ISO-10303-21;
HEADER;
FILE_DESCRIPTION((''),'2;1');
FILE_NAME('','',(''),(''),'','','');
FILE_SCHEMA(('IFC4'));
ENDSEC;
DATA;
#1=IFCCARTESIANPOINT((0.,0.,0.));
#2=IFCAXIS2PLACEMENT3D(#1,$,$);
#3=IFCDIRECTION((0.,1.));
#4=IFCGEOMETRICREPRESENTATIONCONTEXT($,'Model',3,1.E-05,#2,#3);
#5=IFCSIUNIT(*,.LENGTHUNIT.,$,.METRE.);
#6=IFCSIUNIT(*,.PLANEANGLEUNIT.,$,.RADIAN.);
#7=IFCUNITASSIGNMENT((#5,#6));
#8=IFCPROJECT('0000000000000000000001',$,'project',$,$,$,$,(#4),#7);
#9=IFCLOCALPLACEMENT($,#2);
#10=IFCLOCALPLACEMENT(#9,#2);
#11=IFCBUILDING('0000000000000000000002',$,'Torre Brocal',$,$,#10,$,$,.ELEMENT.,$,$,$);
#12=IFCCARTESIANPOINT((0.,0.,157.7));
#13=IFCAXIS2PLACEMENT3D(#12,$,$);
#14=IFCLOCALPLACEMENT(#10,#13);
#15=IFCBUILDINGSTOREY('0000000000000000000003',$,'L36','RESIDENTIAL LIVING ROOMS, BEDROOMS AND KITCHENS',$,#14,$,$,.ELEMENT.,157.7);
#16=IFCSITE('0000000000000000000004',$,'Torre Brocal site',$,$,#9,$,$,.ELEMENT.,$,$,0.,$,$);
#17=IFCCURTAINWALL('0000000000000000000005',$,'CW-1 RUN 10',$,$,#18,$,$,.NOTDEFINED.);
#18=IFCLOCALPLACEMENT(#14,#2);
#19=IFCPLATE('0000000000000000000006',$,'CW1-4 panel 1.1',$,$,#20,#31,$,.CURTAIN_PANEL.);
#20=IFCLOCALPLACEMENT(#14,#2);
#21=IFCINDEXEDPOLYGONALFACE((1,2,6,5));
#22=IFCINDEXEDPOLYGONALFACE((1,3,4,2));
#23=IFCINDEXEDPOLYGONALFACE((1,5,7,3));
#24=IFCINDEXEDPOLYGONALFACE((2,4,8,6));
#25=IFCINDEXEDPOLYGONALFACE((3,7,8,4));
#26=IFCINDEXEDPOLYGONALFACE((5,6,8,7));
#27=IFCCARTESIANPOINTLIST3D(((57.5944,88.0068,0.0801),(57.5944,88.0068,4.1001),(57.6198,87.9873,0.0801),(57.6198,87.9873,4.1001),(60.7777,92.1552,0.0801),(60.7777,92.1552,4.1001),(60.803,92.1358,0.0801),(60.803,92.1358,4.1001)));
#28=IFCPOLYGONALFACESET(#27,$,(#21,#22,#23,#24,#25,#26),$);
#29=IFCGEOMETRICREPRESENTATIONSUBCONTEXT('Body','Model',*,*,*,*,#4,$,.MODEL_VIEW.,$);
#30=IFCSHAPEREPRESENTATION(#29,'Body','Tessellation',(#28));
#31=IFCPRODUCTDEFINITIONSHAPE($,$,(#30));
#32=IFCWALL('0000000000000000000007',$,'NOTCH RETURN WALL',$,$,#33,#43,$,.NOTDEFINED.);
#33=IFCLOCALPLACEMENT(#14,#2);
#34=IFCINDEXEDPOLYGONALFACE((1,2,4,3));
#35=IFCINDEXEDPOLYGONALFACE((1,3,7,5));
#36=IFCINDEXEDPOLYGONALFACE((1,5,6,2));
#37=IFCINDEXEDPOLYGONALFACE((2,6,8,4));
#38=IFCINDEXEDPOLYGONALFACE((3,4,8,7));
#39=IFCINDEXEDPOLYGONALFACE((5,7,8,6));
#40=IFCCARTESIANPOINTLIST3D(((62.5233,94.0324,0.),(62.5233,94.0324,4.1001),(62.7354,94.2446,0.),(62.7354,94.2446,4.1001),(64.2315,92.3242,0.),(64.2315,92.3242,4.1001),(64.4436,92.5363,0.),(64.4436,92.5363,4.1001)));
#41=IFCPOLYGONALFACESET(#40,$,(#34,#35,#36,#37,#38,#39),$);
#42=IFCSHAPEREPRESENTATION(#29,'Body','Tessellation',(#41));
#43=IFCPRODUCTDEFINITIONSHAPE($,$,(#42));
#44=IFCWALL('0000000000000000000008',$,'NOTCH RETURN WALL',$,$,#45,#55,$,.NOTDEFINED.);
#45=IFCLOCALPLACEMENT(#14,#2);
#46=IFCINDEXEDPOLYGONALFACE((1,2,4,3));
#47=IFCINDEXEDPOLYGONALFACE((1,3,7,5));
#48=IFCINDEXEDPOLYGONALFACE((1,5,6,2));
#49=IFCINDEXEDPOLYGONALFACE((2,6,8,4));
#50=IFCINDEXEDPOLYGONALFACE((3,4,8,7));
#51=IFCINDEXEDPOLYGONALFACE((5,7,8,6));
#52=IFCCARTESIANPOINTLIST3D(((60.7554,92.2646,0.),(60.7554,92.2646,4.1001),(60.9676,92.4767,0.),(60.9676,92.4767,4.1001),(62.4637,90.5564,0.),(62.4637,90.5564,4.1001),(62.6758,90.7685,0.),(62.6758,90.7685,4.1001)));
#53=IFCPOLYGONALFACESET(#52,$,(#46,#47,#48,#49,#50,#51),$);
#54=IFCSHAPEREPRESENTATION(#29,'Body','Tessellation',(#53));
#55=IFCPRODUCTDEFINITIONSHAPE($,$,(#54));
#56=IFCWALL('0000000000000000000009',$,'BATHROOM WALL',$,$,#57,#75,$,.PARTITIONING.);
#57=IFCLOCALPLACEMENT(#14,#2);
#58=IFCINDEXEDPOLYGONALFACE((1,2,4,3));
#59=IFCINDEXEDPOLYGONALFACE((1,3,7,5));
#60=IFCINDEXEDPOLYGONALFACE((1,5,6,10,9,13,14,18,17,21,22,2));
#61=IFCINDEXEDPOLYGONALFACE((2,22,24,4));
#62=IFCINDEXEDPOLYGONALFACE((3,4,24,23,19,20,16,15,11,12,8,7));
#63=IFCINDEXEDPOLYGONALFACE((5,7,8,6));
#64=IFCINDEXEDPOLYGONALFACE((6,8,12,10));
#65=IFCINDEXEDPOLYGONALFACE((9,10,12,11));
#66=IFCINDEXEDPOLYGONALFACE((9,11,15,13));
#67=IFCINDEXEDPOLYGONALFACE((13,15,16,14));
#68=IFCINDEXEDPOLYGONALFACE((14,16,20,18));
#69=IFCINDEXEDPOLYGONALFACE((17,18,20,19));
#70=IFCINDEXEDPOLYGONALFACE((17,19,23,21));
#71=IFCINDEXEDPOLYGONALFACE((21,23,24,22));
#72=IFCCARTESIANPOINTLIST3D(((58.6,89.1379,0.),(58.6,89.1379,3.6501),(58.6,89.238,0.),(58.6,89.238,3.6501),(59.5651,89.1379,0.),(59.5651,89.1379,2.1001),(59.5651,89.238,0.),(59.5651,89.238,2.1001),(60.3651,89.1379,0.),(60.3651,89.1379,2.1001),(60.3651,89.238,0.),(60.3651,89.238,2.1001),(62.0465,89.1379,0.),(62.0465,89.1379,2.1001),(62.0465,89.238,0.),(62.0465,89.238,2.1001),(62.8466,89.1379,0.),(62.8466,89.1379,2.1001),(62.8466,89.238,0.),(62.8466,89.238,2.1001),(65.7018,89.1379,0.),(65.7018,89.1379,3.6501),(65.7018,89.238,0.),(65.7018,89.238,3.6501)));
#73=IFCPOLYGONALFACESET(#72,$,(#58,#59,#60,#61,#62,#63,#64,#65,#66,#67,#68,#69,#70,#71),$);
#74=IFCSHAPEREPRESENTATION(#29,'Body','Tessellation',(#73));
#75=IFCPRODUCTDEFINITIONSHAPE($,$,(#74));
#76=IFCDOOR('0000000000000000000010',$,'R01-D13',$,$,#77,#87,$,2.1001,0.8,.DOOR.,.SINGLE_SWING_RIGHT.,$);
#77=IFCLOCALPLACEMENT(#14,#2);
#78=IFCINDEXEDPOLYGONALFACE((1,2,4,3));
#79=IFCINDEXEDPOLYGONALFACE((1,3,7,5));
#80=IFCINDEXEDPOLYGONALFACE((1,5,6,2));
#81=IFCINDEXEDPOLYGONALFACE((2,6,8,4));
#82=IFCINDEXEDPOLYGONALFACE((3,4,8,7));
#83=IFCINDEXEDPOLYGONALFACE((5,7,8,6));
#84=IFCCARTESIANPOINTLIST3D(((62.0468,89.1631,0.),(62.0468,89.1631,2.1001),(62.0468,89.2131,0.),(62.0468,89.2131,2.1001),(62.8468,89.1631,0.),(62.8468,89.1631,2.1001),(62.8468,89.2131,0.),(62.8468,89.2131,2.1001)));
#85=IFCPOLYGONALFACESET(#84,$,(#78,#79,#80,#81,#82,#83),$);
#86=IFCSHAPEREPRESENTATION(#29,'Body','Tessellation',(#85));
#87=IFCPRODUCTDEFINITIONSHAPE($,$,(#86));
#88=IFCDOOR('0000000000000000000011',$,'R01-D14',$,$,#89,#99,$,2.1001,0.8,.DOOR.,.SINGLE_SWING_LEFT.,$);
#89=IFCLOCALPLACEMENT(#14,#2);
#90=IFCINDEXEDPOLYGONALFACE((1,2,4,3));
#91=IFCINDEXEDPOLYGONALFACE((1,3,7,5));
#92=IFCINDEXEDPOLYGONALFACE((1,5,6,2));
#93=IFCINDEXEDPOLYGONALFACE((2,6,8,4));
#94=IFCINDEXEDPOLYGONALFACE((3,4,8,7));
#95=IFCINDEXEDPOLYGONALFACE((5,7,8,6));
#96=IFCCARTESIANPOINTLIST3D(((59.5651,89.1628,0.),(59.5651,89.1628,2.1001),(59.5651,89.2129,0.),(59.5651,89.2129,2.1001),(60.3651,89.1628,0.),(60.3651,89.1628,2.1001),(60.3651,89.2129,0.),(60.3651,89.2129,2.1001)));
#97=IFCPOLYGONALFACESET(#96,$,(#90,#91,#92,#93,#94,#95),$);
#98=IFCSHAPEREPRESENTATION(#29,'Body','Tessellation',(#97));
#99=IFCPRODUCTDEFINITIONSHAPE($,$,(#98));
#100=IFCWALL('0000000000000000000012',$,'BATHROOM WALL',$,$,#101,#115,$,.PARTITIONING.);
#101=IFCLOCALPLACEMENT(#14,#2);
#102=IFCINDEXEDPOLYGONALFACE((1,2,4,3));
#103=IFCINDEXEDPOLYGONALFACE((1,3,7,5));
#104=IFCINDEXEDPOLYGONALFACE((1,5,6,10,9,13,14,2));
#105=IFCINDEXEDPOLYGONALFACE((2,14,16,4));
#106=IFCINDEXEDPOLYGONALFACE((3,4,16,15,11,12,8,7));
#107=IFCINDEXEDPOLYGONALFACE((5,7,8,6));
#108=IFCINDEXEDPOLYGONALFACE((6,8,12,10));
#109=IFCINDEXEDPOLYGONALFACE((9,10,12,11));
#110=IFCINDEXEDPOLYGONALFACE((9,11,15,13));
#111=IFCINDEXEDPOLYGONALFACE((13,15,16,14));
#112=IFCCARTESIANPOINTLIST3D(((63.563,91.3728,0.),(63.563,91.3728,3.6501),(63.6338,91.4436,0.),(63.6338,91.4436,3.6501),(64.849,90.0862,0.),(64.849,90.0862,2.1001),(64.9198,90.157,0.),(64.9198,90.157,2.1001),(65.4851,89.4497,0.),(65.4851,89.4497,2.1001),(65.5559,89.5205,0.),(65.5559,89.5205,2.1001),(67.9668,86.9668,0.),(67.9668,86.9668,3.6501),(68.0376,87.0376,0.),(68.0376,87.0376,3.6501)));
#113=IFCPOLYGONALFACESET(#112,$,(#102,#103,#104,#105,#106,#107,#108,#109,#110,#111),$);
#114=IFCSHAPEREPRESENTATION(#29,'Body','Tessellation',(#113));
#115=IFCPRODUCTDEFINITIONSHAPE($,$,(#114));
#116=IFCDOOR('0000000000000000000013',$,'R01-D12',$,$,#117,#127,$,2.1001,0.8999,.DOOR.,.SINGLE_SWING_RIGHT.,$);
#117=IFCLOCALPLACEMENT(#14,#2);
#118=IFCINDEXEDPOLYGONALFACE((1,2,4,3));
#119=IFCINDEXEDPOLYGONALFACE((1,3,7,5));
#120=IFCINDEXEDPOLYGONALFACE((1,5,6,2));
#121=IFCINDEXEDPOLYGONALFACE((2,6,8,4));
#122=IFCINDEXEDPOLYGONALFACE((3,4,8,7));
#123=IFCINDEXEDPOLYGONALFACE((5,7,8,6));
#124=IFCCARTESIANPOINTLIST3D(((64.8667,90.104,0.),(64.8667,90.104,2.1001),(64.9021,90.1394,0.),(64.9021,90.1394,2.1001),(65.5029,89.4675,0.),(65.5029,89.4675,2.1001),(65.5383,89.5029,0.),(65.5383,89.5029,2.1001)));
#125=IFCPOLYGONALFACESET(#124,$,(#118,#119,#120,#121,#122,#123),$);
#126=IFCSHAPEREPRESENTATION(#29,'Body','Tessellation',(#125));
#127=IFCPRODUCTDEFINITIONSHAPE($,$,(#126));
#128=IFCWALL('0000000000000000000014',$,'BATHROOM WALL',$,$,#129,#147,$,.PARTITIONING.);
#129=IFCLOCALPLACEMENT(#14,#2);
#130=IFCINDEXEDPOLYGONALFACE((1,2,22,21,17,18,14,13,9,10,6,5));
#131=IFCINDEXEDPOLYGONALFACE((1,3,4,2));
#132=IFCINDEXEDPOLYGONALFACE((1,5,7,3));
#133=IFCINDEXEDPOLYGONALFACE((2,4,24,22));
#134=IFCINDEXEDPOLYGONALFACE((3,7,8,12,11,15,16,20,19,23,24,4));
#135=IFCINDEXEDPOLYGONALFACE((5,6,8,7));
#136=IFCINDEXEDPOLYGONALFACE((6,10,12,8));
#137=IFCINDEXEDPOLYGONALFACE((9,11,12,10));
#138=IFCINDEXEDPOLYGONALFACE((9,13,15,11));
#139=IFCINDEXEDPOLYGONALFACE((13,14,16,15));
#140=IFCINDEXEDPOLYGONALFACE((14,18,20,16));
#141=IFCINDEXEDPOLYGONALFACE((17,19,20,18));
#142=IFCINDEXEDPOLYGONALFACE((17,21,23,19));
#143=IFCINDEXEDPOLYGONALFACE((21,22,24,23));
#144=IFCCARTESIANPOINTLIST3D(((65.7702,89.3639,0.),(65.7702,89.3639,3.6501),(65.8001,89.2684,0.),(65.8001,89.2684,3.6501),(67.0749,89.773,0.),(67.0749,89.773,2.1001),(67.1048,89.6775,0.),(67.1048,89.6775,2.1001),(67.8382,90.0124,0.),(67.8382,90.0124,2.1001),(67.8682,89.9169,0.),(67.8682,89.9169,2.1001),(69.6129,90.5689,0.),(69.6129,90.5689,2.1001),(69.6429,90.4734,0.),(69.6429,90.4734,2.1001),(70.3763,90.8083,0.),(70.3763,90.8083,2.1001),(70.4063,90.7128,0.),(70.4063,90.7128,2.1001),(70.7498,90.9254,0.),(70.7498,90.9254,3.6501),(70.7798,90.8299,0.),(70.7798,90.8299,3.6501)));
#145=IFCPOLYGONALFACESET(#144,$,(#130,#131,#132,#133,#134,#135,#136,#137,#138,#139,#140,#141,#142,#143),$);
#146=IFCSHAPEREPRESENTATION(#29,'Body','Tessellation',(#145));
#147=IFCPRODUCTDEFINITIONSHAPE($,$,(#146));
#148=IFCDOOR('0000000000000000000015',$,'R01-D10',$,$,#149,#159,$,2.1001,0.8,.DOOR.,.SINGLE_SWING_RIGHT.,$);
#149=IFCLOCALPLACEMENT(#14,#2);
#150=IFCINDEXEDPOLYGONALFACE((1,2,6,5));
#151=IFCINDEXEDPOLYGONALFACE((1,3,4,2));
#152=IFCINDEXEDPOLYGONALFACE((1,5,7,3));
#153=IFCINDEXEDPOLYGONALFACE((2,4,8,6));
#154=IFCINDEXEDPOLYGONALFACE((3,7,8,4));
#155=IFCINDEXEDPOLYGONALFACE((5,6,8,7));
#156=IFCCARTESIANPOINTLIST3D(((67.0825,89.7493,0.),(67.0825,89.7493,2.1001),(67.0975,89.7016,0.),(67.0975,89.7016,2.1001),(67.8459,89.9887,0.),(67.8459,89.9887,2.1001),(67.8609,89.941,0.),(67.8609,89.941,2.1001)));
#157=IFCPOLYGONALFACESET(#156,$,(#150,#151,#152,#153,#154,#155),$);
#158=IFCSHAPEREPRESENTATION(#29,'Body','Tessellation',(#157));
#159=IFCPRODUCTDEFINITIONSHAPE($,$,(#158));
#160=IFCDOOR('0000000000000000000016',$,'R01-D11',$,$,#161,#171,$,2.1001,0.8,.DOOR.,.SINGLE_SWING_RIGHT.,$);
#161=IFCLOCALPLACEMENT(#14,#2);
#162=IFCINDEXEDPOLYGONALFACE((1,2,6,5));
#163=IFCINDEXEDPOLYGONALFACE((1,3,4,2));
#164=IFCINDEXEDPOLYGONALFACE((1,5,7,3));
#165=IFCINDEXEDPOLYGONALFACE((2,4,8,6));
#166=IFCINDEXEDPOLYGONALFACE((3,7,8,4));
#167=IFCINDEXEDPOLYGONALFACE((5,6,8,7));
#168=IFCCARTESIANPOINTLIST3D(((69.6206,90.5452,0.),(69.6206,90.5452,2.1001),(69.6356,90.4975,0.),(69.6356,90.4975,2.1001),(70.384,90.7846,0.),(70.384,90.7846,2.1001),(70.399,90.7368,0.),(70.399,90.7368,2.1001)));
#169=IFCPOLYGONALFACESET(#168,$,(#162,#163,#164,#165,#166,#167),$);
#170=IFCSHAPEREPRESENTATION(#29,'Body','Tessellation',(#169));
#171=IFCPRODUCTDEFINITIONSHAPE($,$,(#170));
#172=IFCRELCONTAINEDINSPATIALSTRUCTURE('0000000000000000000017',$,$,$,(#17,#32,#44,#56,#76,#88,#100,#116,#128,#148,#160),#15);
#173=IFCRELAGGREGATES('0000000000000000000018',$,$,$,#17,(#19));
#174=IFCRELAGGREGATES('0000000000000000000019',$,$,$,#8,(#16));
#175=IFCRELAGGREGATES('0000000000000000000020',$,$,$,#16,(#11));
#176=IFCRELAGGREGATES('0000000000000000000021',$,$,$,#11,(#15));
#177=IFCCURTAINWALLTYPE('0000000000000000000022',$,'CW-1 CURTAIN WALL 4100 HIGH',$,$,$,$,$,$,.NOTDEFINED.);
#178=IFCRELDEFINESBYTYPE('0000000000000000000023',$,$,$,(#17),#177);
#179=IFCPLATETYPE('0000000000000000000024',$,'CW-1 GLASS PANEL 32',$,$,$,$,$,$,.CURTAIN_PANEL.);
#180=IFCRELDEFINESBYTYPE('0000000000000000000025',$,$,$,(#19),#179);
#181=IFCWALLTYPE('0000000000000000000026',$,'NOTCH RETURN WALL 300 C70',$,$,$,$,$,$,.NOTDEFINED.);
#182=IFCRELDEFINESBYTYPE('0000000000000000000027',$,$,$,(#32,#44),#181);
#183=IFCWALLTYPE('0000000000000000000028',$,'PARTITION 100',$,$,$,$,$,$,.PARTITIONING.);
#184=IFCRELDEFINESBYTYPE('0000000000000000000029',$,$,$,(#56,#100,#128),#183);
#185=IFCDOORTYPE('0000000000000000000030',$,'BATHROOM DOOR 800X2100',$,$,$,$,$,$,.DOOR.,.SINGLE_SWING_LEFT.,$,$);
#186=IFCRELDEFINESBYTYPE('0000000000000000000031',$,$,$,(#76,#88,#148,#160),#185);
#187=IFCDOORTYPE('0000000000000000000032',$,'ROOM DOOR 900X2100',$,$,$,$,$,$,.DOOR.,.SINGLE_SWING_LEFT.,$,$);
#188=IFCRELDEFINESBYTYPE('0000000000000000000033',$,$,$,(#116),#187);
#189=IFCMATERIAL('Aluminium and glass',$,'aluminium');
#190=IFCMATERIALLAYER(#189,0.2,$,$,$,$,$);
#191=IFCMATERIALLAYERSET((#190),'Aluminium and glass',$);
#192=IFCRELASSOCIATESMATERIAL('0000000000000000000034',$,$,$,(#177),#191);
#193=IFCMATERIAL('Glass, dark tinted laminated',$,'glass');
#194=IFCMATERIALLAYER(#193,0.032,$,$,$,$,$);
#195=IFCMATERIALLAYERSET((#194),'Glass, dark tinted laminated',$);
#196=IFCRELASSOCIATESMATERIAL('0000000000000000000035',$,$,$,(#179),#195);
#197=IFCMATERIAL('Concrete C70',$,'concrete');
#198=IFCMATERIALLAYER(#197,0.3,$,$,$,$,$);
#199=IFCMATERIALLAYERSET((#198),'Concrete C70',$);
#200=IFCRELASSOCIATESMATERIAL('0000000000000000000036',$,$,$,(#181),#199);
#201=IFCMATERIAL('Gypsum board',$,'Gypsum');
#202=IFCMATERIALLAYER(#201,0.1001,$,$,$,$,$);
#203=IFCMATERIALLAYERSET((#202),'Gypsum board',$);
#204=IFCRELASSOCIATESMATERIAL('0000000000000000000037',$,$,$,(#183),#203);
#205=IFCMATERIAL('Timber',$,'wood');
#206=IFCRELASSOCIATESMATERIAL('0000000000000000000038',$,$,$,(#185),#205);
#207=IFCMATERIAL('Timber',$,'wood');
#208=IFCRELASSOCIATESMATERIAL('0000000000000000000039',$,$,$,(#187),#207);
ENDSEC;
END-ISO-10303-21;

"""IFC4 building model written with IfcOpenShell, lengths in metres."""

from ifc_helpers import new_model, si_unit, direction, frame, frame_2d, origin, origin_2d, place, context, subcontext, project, spatial, rectangle, extrude, material, layer, layer_set, type_object, element, fill, aggregate, save


model = new_model("IFC4")

# Units and contexts
model_context = context("Model", 3, precision=1e-05, world=origin(), true_north=direction((0.0, 1.0)))
body_context = subcontext(model_context, "Body", "Model", "MODEL_VIEW")
ifc_project = project(units=[si_unit("LENGTHUNIT", "METRE"), si_unit("PLANEANGLEUNIT", "RADIAN")], contexts=[model_context])

# Site, building, storey
site_placement = place(None, origin())
site = spatial("IfcSite", under=ifc_project, at=site_placement, Name="Torre Brocal site", CompositionType="ELEMENT", RefElevation=0.0)
building_placement = place(site_placement, origin())
building = spatial("IfcBuilding", under=site, at=building_placement, Name="Torre Brocal", CompositionType="ELEMENT")
storey_placement = place(building_placement, frame((0.0, 0.0, 157.7)))
storey = spatial("IfcBuildingStorey", under=building, at=storey_placement, Name="L36", Description="RESIDENTIAL LIVING ROOMS, BEDROOMS AND KITCHENS", CompositionType="ELEMENT", Elevation=157.7)

# Shared definitions
ifc_material_1 = material(Name="Aluminium and glass", Category="aluminium")
ifc_layer_1 = layer(ifc_material_1, 0.2)
ifc_layer_set_1 = layer_set([ifc_layer_1], Name="Aluminium and glass")
curtain_wall_type = type_object("IfcCurtainWallType", Name="CW-1 CURTAIN WALL 4100 HIGH", PredefinedType="NOTDEFINED", material=ifc_layer_set_1)

# Curtain wall
curtain_wall_1_placement = place(storey_placement, origin())
curtain_wall_1 = element("IfcCurtainWall", 1, at=curtain_wall_1_placement, inside=storey, type_object=curtain_wall_type, Name="CW-1 RUN 10", PredefinedType="NOTDEFINED")

# Plate
ifc_material_2 = material(Name="Glass, dark tinted laminated", Category="glass")
ifc_layer_2 = layer(ifc_material_2, 0.032)
ifc_layer_set_2 = layer_set([ifc_layer_2], Name="Glass, dark tinted laminated")
plate_type = type_object("IfcPlateType", Name="CW-1 GLASS PANEL 32", PredefinedType="CURTAIN_PANEL", material=ifc_layer_set_2)
plate_1_placement = place(storey_placement, frame((59.1987, 90.0713, 0.0801), z_axis=(0.0, 0.0, 1.0), x_axis=(-0.608761, -0.793353, 0.0)))
plate_1 = element("IfcPlate", 2, at=plate_1_placement, type_object=plate_type, Name="CW1-4 panel 1.1", PredefinedType="CURTAIN_PANEL", context=body_context, shape_type="SweptSolid", body=[
    extrude(rectangle(XDim=5.229, YDim=0.032, at=origin_2d()), origin(), (0.0, 0.0, 1.0), 4.02),
])
aggregate(curtain_wall_1, [plate_1])

# Walls
ifc_material_3 = material(Name="Concrete C70", Category="concrete")
ifc_layer_3 = layer(ifc_material_3, 0.3)
ifc_layer_set_3 = layer_set([ifc_layer_3], Name="Concrete C70")
wall_type_1 = type_object("IfcWallType", Name="NOTCH RETURN WALL 300 C70", PredefinedType="NOTDEFINED", material=ifc_layer_set_3)
for number, where, z_axis, x_axis, name in (
    (3, (64.3376, 92.4302, 0.0), (0.0, 0.0, 1.0), (-0.707107, 0.707107, 0.0), "NOTCH RETURN WALL"),
    (4, (62.5698, 90.6624, 0.0), (0.0, 0.0, 1.0), (-0.707107, 0.707107, 0.0), "NOTCH RETURN WALL"),
):
    element("IfcWall", number, at=place(storey_placement, frame(where, z_axis=z_axis, x_axis=x_axis)), inside=storey, type_object=wall_type_1, Name=name, PredefinedType="NOTDEFINED", context=body_context, shape_type="SweptSolid", body=[
        extrude(rectangle(XDim=2.4158, YDim=0.3, at=frame_2d((1.208, 0.0))), origin(), (0.0, 0.0, 1.0), 4.1001),
    ])

# Wall, openings, doors
ifc_material_4 = material(Name="Gypsum board", Category="Gypsum")
ifc_layer_4 = layer(ifc_material_4, 0.1001)
ifc_layer_set_4 = layer_set([ifc_layer_4], Name="Gypsum board")
wall_type_2 = type_object("IfcWallType", Name="PARTITION 100", PredefinedType="PARTITIONING", material=ifc_layer_set_4)
wall_1_placement = place(storey_placement, frame((58.6001, 89.188, 0.0), z_axis=(0.0, 0.0, 1.0), x_axis=(1.0, 0.0, 0.0)))
wall_1 = element("IfcWall", 5, at=wall_1_placement, inside=storey, type_object=wall_type_2, Name="BATHROOM WALL", PredefinedType="PARTITIONING", context=body_context, shape_type="SweptSolid", body=[
    extrude(rectangle(XDim=7.1018, YDim=0.1001, at=frame_2d((3.5508, 0.0))), origin(), (0.0, 0.0, 1.0), 3.6501),
])
opening_1_placement = place(wall_1_placement, frame((3.4465, 0.0, 0.0)))
opening_1 = element("IfcOpeningElement", 6, at=opening_1_placement, cuts=wall_1, PredefinedType="OPENING", context=body_context, shape_type="SweptSolid", body=[
    extrude(rectangle(XDim=0.8, YDim=2.1001, at=frame_2d((0.3999, 1.05))), frame((0.0, 0.0601, 0.0), z_axis=(0.0, -1.0, 0.0), x_axis=(1.0, 0.0, 0.0)), (0.0, 0.0, 1.0), 0.1201),
])
opening_2_placement = place(wall_1_placement, frame((0.9651, 0.0, 0.0)))
opening_2 = element("IfcOpeningElement", 7, at=opening_2_placement, cuts=wall_1, PredefinedType="OPENING", context=body_context, shape_type="SweptSolid", body=[
    extrude(rectangle(XDim=0.8, YDim=2.1001, at=frame_2d((0.3999, 1.05))), frame((0.0, 0.0601, 0.0), z_axis=(0.0, -1.0, 0.0), x_axis=(1.0, 0.0, 0.0)), (0.0, 0.0, 1.0), 0.1201),
])
ifc_material_5 = material(Name="Timber", Category="wood")
door_type_1 = type_object("IfcDoorType", Name="BATHROOM DOOR 800X2100", OperationType="SINGLE_SWING_LEFT", PredefinedType="DOOR", material=ifc_material_5)
door_1_placement = place(opening_1_placement, frame((0.8, 0.0, 0.0), z_axis=(0.0, 0.0, 1.0), x_axis=(-1.0, 0.0, 0.0)))
door_1 = element("IfcDoor", 8, at=door_1_placement, inside=storey, type_object=door_type_1, Name="R01-D13", OperationType="SINGLE_SWING_RIGHT", OverallHeight=2.1001, OverallWidth=0.8, PredefinedType="DOOR", context=body_context, shape_type="SweptSolid", body=[
    extrude(rectangle(XDim=0.8, YDim=2.1001, at=frame_2d((0.3999, 1.05))), frame((0.0, 0.0249, 0.0), z_axis=(0.0, -1.0, 0.0), x_axis=(1.0, 0.0, 0.0)), (0.0, 0.0, 1.0), 0.05),
])
fill(opening_1, door_1)
door_2_placement = place(opening_2_placement, origin())
door_2 = element("IfcDoor", 9, at=door_2_placement, inside=storey, type_object=door_type_1, Name="R01-D14", OperationType="SINGLE_SWING_LEFT", OverallHeight=2.1001, OverallWidth=0.8, PredefinedType="DOOR", context=body_context, shape_type="SweptSolid", body=[
    extrude(rectangle(XDim=0.8, YDim=2.1001, at=frame_2d((0.3999, 1.05))), frame((0.0, 0.0249, 0.0), z_axis=(0.0, -1.0, 0.0), x_axis=(1.0, 0.0, 0.0)), (0.0, 0.0, 1.0), 0.05),
])
fill(opening_2, door_2)

# Wall, opening, door
wall_2_placement = place(storey_placement, frame((63.5984, 91.4082, 0.0), z_axis=(0.0, 0.0, 1.0), x_axis=(0.70693, -0.707283, 0.0)))
wall_2 = element("IfcWall", 10, at=wall_2_placement, inside=storey, type_object=wall_type_2, Name="BATHROOM WALL", PredefinedType="PARTITIONING", context=body_context, shape_type="SweptSolid", body=[
    extrude(rectangle(XDim=6.2295, YDim=0.1001, at=frame_2d((3.1147, 0.0))), origin(), (0.0, 0.0, 1.0), 3.6501),
])
opening_3_placement = place(wall_2_placement, frame((1.8191, 0.0, 0.0)))
opening_3 = element("IfcOpeningElement", 11, at=opening_3_placement, cuts=wall_2, PredefinedType="OPENING", context=body_context, shape_type="SweptSolid", body=[
    extrude(rectangle(XDim=0.8999, YDim=2.1001, at=frame_2d((0.45, 1.05))), frame((0.0, 0.0601, 0.0), z_axis=(0.0, -1.0, 0.0), x_axis=(1.0, 0.0, 0.0)), (0.0, 0.0, 1.0), 0.1201),
])
ifc_material_6 = material(Name="Timber", Category="wood")
door_type_2 = type_object("IfcDoorType", Name="ROOM DOOR 900X2100", OperationType="SINGLE_SWING_LEFT", PredefinedType="DOOR", material=ifc_material_6)
door_3_placement = place(opening_3_placement, frame((0.8999, 0.0, 0.0), z_axis=(0.0, 0.0, 1.0), x_axis=(-1.0, 0.0, 0.0)))
door_3 = element("IfcDoor", 12, at=door_3_placement, inside=storey, type_object=door_type_2, Name="R01-D12", OperationType="SINGLE_SWING_RIGHT", OverallHeight=2.1001, OverallWidth=0.8999, PredefinedType="DOOR", context=body_context, shape_type="SweptSolid", body=[
    extrude(rectangle(XDim=0.8999, YDim=2.1001, at=frame_2d((0.45, 1.05))), frame((0.0, 0.0249, 0.0), z_axis=(0.0, -1.0, 0.0), x_axis=(1.0, 0.0, 0.0)), (0.0, 0.0, 1.0), 0.05),
])
fill(opening_3, door_3)

# Wall, openings, doors
wall_3_placement = place(storey_placement, frame((65.7852, 89.3162, 0.0), z_axis=(0.0, 0.0, 1.0), x_axis=(0.954187, 0.29921, 0.0)))
wall_3 = element("IfcWall", 13, at=wall_3_placement, inside=storey, type_object=wall_type_2, Name="BATHROOM WALL", PredefinedType="PARTITIONING", context=body_context, shape_type="SweptSolid", body=[
    extrude(rectangle(XDim=5.2188, YDim=0.1001, at=frame_2d((2.6094, 0.0))), origin(), (0.0, 0.0, 1.0), 3.6501),
])
opening_4_placement = place(wall_3_placement, frame((1.3674, 0.0, 0.0)))
opening_4 = element("IfcOpeningElement", 14, at=opening_4_placement, cuts=wall_3, PredefinedType="OPENING", context=body_context, shape_type="SweptSolid", body=[
    extrude(rectangle(XDim=0.8, YDim=2.1001, at=frame_2d((0.3999, 1.05))), frame((0.0, 0.0601, 0.0), z_axis=(0.0, -1.0, 0.0), x_axis=(1.0, 0.0, 0.0)), (0.0, 0.0, 1.0), 0.1201),
])
opening_5_placement = place(wall_3_placement, frame((4.0273, 0.0, 0.0)))
opening_5 = element("IfcOpeningElement", 15, at=opening_5_placement, cuts=wall_3, PredefinedType="OPENING", context=body_context, shape_type="SweptSolid", body=[
    extrude(rectangle(XDim=0.8, YDim=2.1001, at=frame_2d((0.3999, 1.05))), frame((0.0, 0.0601, 0.0), z_axis=(0.0, -1.0, 0.0), x_axis=(1.0, 0.0, 0.0)), (0.0, 0.0, 1.0), 0.1201),
])
door_4_placement = place(opening_4_placement, frame((0.8, 0.0, 0.0), z_axis=(0.0, 0.0, 1.0), x_axis=(-1.0, 0.0, 0.0)))
door_4 = element("IfcDoor", 16, at=door_4_placement, inside=storey, type_object=door_type_1, Name="R01-D10", OperationType="SINGLE_SWING_RIGHT", OverallHeight=2.1001, OverallWidth=0.8, PredefinedType="DOOR", context=body_context, shape_type="SweptSolid", body=[
    extrude(rectangle(XDim=0.8, YDim=2.1001, at=frame_2d((0.3999, 1.05))), frame((0.0, 0.0249, 0.0), z_axis=(0.0, -1.0, 0.0), x_axis=(1.0, 0.0, 0.0)), (0.0, 0.0, 1.0), 0.05),
])
fill(opening_4, door_4)
door_5_placement = place(opening_5_placement, frame((0.8, 0.0, 0.0), z_axis=(0.0, 0.0, 1.0), x_axis=(-1.0, 0.0, 0.0)))
door_5 = element("IfcDoor", 17, at=door_5_placement, inside=storey, type_object=door_type_1, Name="R01-D11", OperationType="SINGLE_SWING_RIGHT", OverallHeight=2.1001, OverallWidth=0.8, PredefinedType="DOOR", context=body_context, shape_type="SweptSolid", body=[
    extrude(rectangle(XDim=0.8, YDim=2.1001, at=frame_2d((0.3999, 1.05))), frame((0.0, 0.0249, 0.0), z_axis=(0.0, -1.0, 0.0), x_axis=(1.0, 0.0, 0.0)), (0.0, 0.0, 1.0), 0.05),
])
fill(opening_5, door_5)

save(model, "model.ifc")
